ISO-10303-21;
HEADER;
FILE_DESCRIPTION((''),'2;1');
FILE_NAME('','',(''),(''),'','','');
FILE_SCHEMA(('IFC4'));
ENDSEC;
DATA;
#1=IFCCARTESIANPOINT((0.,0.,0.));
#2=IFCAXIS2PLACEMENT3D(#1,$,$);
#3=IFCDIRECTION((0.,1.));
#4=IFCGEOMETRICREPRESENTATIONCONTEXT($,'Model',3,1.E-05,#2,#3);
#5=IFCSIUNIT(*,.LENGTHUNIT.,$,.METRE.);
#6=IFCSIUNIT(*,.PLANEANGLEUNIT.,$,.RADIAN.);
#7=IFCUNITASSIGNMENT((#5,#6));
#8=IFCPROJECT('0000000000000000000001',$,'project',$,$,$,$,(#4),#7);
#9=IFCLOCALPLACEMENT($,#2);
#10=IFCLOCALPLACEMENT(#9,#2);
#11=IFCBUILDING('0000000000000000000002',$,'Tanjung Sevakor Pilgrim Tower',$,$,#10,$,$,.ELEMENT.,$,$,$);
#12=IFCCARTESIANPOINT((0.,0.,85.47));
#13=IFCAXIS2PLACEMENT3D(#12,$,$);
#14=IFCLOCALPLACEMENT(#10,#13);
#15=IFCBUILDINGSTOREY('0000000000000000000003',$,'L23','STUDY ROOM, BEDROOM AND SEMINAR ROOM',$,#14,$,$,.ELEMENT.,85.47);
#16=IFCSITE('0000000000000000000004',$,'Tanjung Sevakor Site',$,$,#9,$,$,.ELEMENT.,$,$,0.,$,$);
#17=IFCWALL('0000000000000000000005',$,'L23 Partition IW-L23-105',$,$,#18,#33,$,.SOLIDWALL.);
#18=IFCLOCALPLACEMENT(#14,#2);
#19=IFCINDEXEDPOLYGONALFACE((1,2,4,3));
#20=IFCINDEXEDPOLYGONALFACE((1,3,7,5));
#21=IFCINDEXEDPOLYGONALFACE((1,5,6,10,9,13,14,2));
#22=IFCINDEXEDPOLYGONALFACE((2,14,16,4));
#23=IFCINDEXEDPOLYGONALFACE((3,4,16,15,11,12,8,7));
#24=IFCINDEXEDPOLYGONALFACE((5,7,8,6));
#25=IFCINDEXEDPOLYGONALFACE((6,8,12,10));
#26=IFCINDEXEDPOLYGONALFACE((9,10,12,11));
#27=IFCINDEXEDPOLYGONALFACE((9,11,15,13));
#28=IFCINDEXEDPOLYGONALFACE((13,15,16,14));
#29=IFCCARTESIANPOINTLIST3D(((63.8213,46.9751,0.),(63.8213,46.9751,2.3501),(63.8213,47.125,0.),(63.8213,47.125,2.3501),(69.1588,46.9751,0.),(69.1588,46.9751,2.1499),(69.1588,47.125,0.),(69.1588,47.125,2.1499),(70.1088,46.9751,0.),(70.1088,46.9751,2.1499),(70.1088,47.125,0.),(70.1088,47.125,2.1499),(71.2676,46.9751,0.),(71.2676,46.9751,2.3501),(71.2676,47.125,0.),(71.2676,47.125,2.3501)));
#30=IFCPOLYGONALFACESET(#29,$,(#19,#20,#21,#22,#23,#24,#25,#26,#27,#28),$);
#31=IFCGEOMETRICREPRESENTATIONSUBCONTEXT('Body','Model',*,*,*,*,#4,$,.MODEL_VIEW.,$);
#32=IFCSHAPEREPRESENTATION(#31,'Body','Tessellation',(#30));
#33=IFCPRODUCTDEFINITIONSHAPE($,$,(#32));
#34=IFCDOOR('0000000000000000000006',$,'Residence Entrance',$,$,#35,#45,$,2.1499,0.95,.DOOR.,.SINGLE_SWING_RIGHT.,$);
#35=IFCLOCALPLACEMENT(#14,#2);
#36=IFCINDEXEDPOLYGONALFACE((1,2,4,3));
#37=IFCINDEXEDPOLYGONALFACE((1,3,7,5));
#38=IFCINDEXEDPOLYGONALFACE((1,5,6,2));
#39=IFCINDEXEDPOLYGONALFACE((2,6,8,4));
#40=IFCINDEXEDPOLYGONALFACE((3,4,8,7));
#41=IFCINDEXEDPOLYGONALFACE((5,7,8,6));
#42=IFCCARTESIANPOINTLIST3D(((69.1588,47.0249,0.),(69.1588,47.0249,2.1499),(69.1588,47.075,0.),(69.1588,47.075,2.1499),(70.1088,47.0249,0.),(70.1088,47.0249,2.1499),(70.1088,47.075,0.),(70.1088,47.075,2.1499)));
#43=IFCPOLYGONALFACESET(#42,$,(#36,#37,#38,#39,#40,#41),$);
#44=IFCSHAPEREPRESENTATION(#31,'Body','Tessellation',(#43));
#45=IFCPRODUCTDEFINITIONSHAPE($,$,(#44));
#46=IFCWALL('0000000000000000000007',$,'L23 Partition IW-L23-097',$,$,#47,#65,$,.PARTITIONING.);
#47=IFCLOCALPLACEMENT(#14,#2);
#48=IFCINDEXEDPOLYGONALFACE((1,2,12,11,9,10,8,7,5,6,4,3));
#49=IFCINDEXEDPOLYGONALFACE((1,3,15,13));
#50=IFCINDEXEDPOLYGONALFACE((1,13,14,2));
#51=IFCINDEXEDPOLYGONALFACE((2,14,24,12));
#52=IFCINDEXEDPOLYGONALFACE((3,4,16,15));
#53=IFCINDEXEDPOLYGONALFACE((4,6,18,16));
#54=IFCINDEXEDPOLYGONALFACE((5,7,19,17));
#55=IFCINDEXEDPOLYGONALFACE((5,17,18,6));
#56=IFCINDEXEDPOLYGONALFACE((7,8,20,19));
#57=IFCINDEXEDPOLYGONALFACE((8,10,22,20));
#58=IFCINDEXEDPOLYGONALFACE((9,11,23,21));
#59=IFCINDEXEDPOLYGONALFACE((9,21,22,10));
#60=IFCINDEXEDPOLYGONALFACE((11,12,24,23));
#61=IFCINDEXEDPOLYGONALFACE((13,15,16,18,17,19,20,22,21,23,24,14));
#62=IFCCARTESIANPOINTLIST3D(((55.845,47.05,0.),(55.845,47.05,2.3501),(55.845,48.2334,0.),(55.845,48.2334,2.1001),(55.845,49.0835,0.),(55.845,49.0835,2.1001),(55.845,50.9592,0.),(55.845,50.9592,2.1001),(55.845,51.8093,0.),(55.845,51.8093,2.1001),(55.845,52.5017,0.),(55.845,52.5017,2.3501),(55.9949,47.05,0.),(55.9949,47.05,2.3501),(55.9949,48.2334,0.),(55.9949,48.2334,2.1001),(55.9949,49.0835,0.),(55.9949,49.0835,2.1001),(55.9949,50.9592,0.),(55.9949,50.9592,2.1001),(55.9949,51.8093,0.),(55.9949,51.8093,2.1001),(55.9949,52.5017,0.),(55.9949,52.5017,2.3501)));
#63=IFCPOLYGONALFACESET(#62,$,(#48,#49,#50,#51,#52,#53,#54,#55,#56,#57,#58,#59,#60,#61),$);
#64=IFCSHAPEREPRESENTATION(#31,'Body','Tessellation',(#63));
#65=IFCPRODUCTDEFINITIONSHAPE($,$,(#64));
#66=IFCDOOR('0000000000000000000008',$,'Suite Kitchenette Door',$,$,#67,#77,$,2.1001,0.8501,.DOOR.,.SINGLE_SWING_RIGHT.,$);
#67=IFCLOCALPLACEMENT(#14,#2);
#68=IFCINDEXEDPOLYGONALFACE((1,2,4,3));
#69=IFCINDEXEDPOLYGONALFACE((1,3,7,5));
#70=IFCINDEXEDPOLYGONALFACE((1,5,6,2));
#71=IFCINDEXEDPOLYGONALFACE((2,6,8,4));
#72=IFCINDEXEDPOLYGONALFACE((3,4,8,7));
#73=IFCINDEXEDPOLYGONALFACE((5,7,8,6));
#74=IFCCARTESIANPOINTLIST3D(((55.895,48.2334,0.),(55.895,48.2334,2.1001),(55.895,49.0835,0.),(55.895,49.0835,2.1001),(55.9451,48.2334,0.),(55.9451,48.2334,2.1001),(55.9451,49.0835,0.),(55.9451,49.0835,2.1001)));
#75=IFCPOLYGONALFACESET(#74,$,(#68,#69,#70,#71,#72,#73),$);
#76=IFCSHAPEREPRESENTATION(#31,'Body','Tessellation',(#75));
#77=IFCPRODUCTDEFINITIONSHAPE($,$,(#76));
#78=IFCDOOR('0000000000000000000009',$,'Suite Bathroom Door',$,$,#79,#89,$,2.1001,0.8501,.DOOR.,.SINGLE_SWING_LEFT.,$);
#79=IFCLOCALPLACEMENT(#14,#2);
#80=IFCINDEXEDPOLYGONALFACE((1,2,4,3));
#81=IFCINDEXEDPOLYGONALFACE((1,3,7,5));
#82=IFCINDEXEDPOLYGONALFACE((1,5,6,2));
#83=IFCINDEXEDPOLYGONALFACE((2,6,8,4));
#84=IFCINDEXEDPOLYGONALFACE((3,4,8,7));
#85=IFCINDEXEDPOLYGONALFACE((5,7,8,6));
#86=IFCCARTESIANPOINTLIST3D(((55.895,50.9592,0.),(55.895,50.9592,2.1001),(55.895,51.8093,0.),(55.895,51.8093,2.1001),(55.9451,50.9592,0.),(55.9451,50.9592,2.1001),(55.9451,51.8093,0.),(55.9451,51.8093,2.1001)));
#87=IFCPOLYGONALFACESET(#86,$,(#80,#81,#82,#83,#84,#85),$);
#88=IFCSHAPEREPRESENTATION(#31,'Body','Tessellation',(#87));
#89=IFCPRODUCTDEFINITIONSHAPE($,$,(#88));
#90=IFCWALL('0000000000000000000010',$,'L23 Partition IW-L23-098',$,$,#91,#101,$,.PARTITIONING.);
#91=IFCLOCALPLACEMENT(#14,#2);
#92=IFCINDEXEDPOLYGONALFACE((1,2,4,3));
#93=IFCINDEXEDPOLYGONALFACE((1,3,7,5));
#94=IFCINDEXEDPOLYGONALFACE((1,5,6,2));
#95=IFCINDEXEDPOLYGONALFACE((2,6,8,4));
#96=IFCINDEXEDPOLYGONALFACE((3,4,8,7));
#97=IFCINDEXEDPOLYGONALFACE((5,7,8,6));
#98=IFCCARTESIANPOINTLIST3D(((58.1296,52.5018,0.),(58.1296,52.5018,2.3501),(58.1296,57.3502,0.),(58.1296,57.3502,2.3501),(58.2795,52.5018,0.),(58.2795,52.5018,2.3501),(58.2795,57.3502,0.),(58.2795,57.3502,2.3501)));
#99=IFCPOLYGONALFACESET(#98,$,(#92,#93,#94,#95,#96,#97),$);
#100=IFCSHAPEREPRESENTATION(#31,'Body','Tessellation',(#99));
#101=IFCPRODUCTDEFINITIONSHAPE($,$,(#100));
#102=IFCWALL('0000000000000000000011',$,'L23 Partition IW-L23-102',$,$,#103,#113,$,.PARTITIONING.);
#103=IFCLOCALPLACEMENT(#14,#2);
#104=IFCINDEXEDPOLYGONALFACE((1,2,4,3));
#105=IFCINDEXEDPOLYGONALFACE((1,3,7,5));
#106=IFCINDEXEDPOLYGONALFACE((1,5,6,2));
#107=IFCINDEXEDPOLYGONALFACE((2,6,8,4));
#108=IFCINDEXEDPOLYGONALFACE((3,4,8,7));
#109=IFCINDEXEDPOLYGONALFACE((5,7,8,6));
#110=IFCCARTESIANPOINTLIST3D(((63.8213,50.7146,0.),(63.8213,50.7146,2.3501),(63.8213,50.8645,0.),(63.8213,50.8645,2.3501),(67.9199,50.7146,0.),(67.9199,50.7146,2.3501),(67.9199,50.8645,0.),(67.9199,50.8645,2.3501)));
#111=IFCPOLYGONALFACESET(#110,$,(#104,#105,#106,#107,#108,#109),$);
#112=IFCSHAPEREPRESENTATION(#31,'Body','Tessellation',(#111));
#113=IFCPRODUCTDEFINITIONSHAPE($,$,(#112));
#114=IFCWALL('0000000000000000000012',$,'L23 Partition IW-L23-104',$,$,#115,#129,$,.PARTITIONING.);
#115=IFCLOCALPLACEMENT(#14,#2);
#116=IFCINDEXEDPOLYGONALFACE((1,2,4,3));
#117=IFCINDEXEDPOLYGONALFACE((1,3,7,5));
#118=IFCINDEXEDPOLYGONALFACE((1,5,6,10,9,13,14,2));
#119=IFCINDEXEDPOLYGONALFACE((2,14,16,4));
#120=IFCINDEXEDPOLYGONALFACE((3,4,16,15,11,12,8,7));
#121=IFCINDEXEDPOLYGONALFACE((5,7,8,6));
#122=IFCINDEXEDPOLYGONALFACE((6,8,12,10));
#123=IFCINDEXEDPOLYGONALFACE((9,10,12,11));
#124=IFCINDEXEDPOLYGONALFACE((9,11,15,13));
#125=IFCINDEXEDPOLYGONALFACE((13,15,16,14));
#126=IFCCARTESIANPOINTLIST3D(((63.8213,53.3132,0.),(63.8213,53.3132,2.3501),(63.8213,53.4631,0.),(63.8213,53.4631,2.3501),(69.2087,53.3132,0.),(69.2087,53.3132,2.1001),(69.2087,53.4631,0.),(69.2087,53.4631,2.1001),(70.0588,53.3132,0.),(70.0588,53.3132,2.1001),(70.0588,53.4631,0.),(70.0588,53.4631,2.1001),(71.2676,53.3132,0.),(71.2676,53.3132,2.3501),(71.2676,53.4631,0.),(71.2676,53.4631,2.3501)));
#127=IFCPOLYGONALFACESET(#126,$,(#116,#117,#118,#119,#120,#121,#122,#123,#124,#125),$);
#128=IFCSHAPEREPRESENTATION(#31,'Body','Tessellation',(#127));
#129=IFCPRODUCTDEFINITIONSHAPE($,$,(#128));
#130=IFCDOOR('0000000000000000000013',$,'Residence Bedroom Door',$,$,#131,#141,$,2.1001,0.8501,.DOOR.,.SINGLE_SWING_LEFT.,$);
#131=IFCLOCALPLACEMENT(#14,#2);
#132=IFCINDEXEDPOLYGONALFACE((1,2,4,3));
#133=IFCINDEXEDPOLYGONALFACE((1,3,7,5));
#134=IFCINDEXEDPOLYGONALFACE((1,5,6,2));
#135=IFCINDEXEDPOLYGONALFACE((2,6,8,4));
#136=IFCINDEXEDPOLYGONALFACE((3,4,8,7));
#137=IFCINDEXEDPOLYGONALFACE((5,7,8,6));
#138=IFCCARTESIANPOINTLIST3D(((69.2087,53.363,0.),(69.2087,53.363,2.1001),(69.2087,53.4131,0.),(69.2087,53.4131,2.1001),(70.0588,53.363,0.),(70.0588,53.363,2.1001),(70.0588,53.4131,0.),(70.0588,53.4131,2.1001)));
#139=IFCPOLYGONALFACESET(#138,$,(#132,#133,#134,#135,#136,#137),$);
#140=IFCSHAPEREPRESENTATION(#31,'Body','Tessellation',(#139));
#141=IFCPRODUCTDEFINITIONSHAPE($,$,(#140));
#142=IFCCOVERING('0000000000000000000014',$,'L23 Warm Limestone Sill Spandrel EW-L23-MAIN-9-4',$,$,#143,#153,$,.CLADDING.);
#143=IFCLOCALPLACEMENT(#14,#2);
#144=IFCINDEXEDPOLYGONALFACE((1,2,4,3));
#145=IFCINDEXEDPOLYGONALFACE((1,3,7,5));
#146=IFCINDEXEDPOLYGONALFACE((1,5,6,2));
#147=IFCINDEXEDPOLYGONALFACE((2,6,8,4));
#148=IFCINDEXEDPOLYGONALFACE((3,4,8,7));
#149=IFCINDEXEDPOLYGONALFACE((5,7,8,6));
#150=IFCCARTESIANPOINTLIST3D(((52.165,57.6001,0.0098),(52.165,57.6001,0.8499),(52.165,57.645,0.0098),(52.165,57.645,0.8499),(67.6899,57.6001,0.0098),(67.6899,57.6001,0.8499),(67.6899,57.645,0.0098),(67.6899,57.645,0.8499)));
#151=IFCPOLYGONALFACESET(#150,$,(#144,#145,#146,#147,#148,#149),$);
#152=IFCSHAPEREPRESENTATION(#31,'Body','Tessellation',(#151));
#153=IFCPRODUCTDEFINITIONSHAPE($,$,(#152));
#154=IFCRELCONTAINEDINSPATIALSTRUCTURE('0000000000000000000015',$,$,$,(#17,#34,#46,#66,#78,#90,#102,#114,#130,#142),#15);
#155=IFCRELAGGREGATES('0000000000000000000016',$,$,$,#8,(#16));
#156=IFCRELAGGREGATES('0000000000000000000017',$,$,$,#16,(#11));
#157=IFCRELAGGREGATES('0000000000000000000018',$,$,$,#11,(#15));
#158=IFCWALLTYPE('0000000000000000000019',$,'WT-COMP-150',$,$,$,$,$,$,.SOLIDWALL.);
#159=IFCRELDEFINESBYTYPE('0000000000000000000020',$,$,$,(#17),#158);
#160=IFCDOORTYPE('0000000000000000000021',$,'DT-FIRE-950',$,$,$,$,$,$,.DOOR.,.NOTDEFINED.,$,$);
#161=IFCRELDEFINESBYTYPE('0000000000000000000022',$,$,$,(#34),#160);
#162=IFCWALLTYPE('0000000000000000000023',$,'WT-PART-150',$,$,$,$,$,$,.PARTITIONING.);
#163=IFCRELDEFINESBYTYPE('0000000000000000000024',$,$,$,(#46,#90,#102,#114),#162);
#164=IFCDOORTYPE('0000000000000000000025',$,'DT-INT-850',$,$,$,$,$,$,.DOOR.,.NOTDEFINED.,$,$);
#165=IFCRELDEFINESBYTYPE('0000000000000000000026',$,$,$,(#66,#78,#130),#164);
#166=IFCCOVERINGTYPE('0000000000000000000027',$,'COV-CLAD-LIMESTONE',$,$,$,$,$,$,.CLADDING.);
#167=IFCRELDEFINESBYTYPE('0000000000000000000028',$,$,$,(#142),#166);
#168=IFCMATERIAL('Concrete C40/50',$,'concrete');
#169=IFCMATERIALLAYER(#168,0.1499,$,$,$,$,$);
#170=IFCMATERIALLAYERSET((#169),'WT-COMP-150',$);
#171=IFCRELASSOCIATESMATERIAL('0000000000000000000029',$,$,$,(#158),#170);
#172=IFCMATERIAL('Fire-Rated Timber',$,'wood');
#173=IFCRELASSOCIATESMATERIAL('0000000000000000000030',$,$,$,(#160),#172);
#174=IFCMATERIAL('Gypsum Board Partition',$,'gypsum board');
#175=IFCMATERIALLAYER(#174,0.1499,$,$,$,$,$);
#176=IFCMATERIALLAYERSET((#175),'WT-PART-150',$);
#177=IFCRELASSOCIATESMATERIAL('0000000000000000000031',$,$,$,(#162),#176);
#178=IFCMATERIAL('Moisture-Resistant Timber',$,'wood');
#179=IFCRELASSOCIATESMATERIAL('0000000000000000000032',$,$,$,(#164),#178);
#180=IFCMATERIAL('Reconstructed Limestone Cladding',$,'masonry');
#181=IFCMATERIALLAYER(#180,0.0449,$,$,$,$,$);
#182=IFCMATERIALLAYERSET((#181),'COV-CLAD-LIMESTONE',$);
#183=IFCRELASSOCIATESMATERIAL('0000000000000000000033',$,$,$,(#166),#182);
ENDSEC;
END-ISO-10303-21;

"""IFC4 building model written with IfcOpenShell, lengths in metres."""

from ifc_helpers import new_model, si_unit, direction, frame, frame_2d, origin, origin_2d, place, context, subcontext, project, spatial, rectangle, extrude, material, layer, layer_set, type_object, element, fill, save


model = new_model("IFC4")

# Units and contexts
model_context = context("Model", 3, precision=1e-05, world=origin(), true_north=direction((0.0, 1.0)))
body_context = subcontext(model_context, "Body", "Model", "MODEL_VIEW")
ifc_project = project(units=[si_unit("LENGTHUNIT", "METRE"), si_unit("PLANEANGLEUNIT", "RADIAN")], contexts=[model_context])

# Site, building, storey
site_placement = place(None, origin())
site = spatial("IfcSite", under=ifc_project, at=site_placement, Name="Tanjung Sevakor Site", CompositionType="ELEMENT", RefElevation=0.0)
building_placement = place(site_placement, origin())
building = spatial("IfcBuilding", under=site, at=building_placement, Name="Tanjung Sevakor Pilgrim Tower", CompositionType="ELEMENT")
storey_placement = place(building_placement, frame((0.0, 0.0, 85.47)))
storey = spatial("IfcBuildingStorey", under=building, at=storey_placement, Name="L23", Description="STUDY ROOM, BEDROOM AND SEMINAR ROOM", CompositionType="ELEMENT", Elevation=85.47)

# Shared definitions
ifc_material_1 = material(Name="Concrete C40/50", Category="concrete")
ifc_layer_1 = layer(ifc_material_1, 0.1499)
ifc_layer_set_1 = layer_set([ifc_layer_1], Name="WT-COMP-150")
wall_type_1 = type_object("IfcWallType", Name="WT-COMP-150", PredefinedType="SOLIDWALL", material=ifc_layer_set_1)

# Wall, opening, door
wall_1_placement = place(storey_placement, frame((63.8213, 47.05, 0.0), z_axis=(0.0, 0.0, 1.0), x_axis=(1.0, 0.0, 0.0)))
wall_1 = element("IfcWall", 1, at=wall_1_placement, inside=storey, type_object=wall_type_1, Name="L23 Partition IW-L23-105", PredefinedType="SOLIDWALL", context=body_context, shape_type="SweptSolid", body=[
    extrude(rectangle(XDim=7.4463, YDim=0.1499, at=frame_2d((3.7231, 0.0))), origin(), (0.0, 0.0, 1.0), 2.3501),
])
opening_1_placement = place(wall_1_placement, frame((5.3374, 0.0, 0.0)))
opening_1 = element("IfcOpeningElement", 2, at=opening_1_placement, cuts=wall_1, PredefinedType="OPENING", context=body_context, shape_type="SweptSolid", body=[
    extrude(rectangle(XDim=0.95, YDim=2.1499, at=frame_2d((0.4751, 1.075))), frame((0.0, 0.085, 0.0), z_axis=(0.0, -1.0, 0.0), x_axis=(1.0, 0.0, 0.0)), (0.0, 0.0, 1.0), 0.1699),
])
ifc_material_2 = material(Name="Fire-Rated Timber", Category="wood")
door_type_1 = type_object("IfcDoorType", Name="DT-FIRE-950", OperationType="NOTDEFINED", PredefinedType="DOOR", material=ifc_material_2)
door_1_placement = place(opening_1_placement, origin())
door_1 = element("IfcDoor", 3, at=door_1_placement, inside=storey, type_object=door_type_1, Name="Residence Entrance", OperationType="SINGLE_SWING_RIGHT", OverallHeight=2.1499, OverallWidth=0.95, PredefinedType="DOOR", context=body_context, shape_type="SweptSolid", body=[
    extrude(rectangle(XDim=0.95, YDim=2.1499, at=frame_2d((0.4751, 1.075))), frame((0.0, 0.0249, 0.0), z_axis=(0.0, -1.0, 0.0), x_axis=(1.0, 0.0, 0.0)), (0.0, 0.0, 1.0), 0.05),
])
fill(opening_1, door_1)

# Wall, openings, doors
ifc_material_3 = material(Name="Gypsum Board Partition", Category="gypsum board")
ifc_layer_2 = layer(ifc_material_3, 0.1499)
ifc_layer_set_2 = layer_set([ifc_layer_2], Name="WT-PART-150")
wall_type_2 = type_object("IfcWallType", Name="WT-PART-150", PredefinedType="PARTITIONING", material=ifc_layer_set_2)
wall_2_placement = place(storey_placement, frame((55.9199, 47.05, 0.0), z_axis=(0.0, 0.0, 1.0), x_axis=(0.0, 1.0, 0.0)))
wall_2 = element("IfcWall", 4, at=wall_2_placement, inside=storey, type_object=wall_type_2, Name="L23 Partition IW-L23-097", PredefinedType="PARTITIONING", context=body_context, shape_type="SweptSolid", body=[
    extrude(rectangle(XDim=5.4517, YDim=0.1499, at=frame_2d((2.7258, 0.0))), origin(), (0.0, 0.0, 1.0), 2.3501),
])
opening_2_placement = place(wall_2_placement, frame((1.1833, 0.0, 0.0)))
opening_2 = element("IfcOpeningElement", 5, at=opening_2_placement, cuts=wall_2, PredefinedType="OPENING", context=body_context, shape_type="SweptSolid", body=[
    extrude(rectangle(XDim=0.8501, YDim=2.1001, at=frame_2d((0.425, 1.05))), frame((0.0, 0.085, 0.0), z_axis=(0.0, -1.0, 0.0), x_axis=(1.0, 0.0, 0.0)), (0.0, 0.0, 1.0), 0.1699),
])
opening_3_placement = place(wall_2_placement, frame((3.9092, 0.0, 0.0)))
opening_3 = element("IfcOpeningElement", 6, at=opening_3_placement, cuts=wall_2, PredefinedType="OPENING", context=body_context, shape_type="SweptSolid", body=[
    extrude(rectangle(XDim=0.8501, YDim=2.1001, at=frame_2d((0.425, 1.05))), frame((0.0, 0.085, 0.0), z_axis=(0.0, -1.0, 0.0), x_axis=(1.0, 0.0, 0.0)), (0.0, 0.0, 1.0), 0.1699),
])
ifc_material_4 = material(Name="Moisture-Resistant Timber", Category="wood")
door_type_2 = type_object("IfcDoorType", Name="DT-INT-850", OperationType="NOTDEFINED", PredefinedType="DOOR", material=ifc_material_4)
door_2_placement = place(opening_2_placement, origin())
door_2 = element("IfcDoor", 7, at=door_2_placement, inside=storey, type_object=door_type_2, Name="Suite Kitchenette Door", OperationType="SINGLE_SWING_RIGHT", OverallHeight=2.1001, OverallWidth=0.8501, PredefinedType="DOOR", context=body_context, shape_type="SweptSolid", body=[
    extrude(rectangle(XDim=0.8501, YDim=2.1001, at=frame_2d((0.425, 1.05))), frame((0.0, 0.0249, 0.0), z_axis=(0.0, -1.0, 0.0), x_axis=(1.0, 0.0, 0.0)), (0.0, 0.0, 1.0), 0.05),
])
fill(opening_2, door_2)
door_3_placement = place(opening_3_placement, origin())
door_3 = element("IfcDoor", 8, at=door_3_placement, inside=storey, type_object=door_type_2, Name="Suite Bathroom Door", OperationType="SINGLE_SWING_LEFT", OverallHeight=2.1001, OverallWidth=0.8501, PredefinedType="DOOR", context=body_context, shape_type="SweptSolid", body=[
    extrude(rectangle(XDim=0.8501, YDim=2.1001, at=frame_2d((0.425, 1.05))), frame((0.0, 0.0249, 0.0), z_axis=(0.0, -1.0, 0.0), x_axis=(1.0, 0.0, 0.0)), (0.0, 0.0, 1.0), 0.05),
])
fill(opening_3, door_3)

# Walls
wall_3_placement = place(storey_placement, frame((58.2046, 52.5017, 0.0), z_axis=(0.0, 0.0, 1.0), x_axis=(0.0, 1.0, 0.0)))
element("IfcWall", 9, at=wall_3_placement, inside=storey, type_object=wall_type_2, Name="L23 Partition IW-L23-098", PredefinedType="PARTITIONING", context=body_context, shape_type="SweptSolid", body=[
    extrude(rectangle(XDim=4.8484, YDim=0.1499, at=frame_2d((2.4243, 0.0))), origin(), (0.0, 0.0, 1.0), 2.3501),
])
wall_4_placement = place(storey_placement, frame((63.8213, 50.7896, 0.0), z_axis=(0.0, 0.0, 1.0), x_axis=(1.0, 0.0, 0.0)))
element("IfcWall", 10, at=wall_4_placement, inside=storey, type_object=wall_type_2, Name="L23 Partition IW-L23-102", PredefinedType="PARTITIONING", context=body_context, shape_type="SweptSolid", body=[
    extrude(rectangle(XDim=4.0986, YDim=0.1499, at=frame_2d((2.0493, 0.0))), origin(), (0.0, 0.0, 1.0), 2.3501),
])

# Wall, opening, door
wall_5_placement = place(storey_placement, frame((63.8213, 53.3882, 0.0), z_axis=(0.0, 0.0, 1.0), x_axis=(1.0, 0.0, 0.0)))
wall_5 = element("IfcWall", 11, at=wall_5_placement, inside=storey, type_object=wall_type_2, Name="L23 Partition IW-L23-104", PredefinedType="PARTITIONING", context=body_context, shape_type="SweptSolid", body=[
    extrude(rectangle(XDim=7.4463, YDim=0.1499, at=frame_2d((3.7231, 0.0))), origin(), (0.0, 0.0, 1.0), 2.3501),
])
opening_4_placement = place(wall_5_placement, frame((5.3875, 0.0, 0.0)))
opening_4 = element("IfcOpeningElement", 12, at=opening_4_placement, cuts=wall_5, PredefinedType="OPENING", context=body_context, shape_type="SweptSolid", body=[
    extrude(rectangle(XDim=0.8501, YDim=2.1001, at=frame_2d((0.425, 1.05))), frame((0.0, 0.085, 0.0), z_axis=(0.0, -1.0, 0.0), x_axis=(1.0, 0.0, 0.0)), (0.0, 0.0, 1.0), 0.1699),
])
door_4_placement = place(opening_4_placement, origin())
door_4 = element("IfcDoor", 13, at=door_4_placement, inside=storey, type_object=door_type_2, Name="Residence Bedroom Door", OperationType="SINGLE_SWING_LEFT", OverallHeight=2.1001, OverallWidth=0.8501, PredefinedType="DOOR", context=body_context, shape_type="SweptSolid", body=[
    extrude(rectangle(XDim=0.8501, YDim=2.1001, at=frame_2d((0.425, 1.05))), frame((0.0, 0.0249, 0.0), z_axis=(0.0, -1.0, 0.0), x_axis=(1.0, 0.0, 0.0)), (0.0, 0.0, 1.0), 0.05),
])
fill(opening_4, door_4)

# Covering
ifc_material_5 = material(Name="Reconstructed Limestone Cladding", Category="masonry")
ifc_layer_3 = layer(ifc_material_5, 0.0449)
ifc_layer_set_3 = layer_set([ifc_layer_3], Name="COV-CLAD-LIMESTONE")
covering_type = type_object("IfcCoveringType", Name="COV-CLAD-LIMESTONE", PredefinedType="CLADDING", material=ifc_layer_set_3)
covering_placement = place(storey_placement, frame((59.9275, 57.6226, 0.0098), z_axis=(0.0, 0.0, 1.0), x_axis=(-1.0, 0.0, 0.0)))
element("IfcCovering", 14, at=covering_placement, inside=storey, type_object=covering_type, Name="L23 Warm Limestone Sill Spandrel EW-L23-MAIN-9-4", PredefinedType="CLADDING", context=body_context, shape_type="SweptSolid", body=[
    extrude(rectangle(XDim=15.5249, YDim=0.0449, at=origin_2d()), origin(), (0.0, 0.0, 1.0), 0.8401),
])

save(model, "model.ifc")
